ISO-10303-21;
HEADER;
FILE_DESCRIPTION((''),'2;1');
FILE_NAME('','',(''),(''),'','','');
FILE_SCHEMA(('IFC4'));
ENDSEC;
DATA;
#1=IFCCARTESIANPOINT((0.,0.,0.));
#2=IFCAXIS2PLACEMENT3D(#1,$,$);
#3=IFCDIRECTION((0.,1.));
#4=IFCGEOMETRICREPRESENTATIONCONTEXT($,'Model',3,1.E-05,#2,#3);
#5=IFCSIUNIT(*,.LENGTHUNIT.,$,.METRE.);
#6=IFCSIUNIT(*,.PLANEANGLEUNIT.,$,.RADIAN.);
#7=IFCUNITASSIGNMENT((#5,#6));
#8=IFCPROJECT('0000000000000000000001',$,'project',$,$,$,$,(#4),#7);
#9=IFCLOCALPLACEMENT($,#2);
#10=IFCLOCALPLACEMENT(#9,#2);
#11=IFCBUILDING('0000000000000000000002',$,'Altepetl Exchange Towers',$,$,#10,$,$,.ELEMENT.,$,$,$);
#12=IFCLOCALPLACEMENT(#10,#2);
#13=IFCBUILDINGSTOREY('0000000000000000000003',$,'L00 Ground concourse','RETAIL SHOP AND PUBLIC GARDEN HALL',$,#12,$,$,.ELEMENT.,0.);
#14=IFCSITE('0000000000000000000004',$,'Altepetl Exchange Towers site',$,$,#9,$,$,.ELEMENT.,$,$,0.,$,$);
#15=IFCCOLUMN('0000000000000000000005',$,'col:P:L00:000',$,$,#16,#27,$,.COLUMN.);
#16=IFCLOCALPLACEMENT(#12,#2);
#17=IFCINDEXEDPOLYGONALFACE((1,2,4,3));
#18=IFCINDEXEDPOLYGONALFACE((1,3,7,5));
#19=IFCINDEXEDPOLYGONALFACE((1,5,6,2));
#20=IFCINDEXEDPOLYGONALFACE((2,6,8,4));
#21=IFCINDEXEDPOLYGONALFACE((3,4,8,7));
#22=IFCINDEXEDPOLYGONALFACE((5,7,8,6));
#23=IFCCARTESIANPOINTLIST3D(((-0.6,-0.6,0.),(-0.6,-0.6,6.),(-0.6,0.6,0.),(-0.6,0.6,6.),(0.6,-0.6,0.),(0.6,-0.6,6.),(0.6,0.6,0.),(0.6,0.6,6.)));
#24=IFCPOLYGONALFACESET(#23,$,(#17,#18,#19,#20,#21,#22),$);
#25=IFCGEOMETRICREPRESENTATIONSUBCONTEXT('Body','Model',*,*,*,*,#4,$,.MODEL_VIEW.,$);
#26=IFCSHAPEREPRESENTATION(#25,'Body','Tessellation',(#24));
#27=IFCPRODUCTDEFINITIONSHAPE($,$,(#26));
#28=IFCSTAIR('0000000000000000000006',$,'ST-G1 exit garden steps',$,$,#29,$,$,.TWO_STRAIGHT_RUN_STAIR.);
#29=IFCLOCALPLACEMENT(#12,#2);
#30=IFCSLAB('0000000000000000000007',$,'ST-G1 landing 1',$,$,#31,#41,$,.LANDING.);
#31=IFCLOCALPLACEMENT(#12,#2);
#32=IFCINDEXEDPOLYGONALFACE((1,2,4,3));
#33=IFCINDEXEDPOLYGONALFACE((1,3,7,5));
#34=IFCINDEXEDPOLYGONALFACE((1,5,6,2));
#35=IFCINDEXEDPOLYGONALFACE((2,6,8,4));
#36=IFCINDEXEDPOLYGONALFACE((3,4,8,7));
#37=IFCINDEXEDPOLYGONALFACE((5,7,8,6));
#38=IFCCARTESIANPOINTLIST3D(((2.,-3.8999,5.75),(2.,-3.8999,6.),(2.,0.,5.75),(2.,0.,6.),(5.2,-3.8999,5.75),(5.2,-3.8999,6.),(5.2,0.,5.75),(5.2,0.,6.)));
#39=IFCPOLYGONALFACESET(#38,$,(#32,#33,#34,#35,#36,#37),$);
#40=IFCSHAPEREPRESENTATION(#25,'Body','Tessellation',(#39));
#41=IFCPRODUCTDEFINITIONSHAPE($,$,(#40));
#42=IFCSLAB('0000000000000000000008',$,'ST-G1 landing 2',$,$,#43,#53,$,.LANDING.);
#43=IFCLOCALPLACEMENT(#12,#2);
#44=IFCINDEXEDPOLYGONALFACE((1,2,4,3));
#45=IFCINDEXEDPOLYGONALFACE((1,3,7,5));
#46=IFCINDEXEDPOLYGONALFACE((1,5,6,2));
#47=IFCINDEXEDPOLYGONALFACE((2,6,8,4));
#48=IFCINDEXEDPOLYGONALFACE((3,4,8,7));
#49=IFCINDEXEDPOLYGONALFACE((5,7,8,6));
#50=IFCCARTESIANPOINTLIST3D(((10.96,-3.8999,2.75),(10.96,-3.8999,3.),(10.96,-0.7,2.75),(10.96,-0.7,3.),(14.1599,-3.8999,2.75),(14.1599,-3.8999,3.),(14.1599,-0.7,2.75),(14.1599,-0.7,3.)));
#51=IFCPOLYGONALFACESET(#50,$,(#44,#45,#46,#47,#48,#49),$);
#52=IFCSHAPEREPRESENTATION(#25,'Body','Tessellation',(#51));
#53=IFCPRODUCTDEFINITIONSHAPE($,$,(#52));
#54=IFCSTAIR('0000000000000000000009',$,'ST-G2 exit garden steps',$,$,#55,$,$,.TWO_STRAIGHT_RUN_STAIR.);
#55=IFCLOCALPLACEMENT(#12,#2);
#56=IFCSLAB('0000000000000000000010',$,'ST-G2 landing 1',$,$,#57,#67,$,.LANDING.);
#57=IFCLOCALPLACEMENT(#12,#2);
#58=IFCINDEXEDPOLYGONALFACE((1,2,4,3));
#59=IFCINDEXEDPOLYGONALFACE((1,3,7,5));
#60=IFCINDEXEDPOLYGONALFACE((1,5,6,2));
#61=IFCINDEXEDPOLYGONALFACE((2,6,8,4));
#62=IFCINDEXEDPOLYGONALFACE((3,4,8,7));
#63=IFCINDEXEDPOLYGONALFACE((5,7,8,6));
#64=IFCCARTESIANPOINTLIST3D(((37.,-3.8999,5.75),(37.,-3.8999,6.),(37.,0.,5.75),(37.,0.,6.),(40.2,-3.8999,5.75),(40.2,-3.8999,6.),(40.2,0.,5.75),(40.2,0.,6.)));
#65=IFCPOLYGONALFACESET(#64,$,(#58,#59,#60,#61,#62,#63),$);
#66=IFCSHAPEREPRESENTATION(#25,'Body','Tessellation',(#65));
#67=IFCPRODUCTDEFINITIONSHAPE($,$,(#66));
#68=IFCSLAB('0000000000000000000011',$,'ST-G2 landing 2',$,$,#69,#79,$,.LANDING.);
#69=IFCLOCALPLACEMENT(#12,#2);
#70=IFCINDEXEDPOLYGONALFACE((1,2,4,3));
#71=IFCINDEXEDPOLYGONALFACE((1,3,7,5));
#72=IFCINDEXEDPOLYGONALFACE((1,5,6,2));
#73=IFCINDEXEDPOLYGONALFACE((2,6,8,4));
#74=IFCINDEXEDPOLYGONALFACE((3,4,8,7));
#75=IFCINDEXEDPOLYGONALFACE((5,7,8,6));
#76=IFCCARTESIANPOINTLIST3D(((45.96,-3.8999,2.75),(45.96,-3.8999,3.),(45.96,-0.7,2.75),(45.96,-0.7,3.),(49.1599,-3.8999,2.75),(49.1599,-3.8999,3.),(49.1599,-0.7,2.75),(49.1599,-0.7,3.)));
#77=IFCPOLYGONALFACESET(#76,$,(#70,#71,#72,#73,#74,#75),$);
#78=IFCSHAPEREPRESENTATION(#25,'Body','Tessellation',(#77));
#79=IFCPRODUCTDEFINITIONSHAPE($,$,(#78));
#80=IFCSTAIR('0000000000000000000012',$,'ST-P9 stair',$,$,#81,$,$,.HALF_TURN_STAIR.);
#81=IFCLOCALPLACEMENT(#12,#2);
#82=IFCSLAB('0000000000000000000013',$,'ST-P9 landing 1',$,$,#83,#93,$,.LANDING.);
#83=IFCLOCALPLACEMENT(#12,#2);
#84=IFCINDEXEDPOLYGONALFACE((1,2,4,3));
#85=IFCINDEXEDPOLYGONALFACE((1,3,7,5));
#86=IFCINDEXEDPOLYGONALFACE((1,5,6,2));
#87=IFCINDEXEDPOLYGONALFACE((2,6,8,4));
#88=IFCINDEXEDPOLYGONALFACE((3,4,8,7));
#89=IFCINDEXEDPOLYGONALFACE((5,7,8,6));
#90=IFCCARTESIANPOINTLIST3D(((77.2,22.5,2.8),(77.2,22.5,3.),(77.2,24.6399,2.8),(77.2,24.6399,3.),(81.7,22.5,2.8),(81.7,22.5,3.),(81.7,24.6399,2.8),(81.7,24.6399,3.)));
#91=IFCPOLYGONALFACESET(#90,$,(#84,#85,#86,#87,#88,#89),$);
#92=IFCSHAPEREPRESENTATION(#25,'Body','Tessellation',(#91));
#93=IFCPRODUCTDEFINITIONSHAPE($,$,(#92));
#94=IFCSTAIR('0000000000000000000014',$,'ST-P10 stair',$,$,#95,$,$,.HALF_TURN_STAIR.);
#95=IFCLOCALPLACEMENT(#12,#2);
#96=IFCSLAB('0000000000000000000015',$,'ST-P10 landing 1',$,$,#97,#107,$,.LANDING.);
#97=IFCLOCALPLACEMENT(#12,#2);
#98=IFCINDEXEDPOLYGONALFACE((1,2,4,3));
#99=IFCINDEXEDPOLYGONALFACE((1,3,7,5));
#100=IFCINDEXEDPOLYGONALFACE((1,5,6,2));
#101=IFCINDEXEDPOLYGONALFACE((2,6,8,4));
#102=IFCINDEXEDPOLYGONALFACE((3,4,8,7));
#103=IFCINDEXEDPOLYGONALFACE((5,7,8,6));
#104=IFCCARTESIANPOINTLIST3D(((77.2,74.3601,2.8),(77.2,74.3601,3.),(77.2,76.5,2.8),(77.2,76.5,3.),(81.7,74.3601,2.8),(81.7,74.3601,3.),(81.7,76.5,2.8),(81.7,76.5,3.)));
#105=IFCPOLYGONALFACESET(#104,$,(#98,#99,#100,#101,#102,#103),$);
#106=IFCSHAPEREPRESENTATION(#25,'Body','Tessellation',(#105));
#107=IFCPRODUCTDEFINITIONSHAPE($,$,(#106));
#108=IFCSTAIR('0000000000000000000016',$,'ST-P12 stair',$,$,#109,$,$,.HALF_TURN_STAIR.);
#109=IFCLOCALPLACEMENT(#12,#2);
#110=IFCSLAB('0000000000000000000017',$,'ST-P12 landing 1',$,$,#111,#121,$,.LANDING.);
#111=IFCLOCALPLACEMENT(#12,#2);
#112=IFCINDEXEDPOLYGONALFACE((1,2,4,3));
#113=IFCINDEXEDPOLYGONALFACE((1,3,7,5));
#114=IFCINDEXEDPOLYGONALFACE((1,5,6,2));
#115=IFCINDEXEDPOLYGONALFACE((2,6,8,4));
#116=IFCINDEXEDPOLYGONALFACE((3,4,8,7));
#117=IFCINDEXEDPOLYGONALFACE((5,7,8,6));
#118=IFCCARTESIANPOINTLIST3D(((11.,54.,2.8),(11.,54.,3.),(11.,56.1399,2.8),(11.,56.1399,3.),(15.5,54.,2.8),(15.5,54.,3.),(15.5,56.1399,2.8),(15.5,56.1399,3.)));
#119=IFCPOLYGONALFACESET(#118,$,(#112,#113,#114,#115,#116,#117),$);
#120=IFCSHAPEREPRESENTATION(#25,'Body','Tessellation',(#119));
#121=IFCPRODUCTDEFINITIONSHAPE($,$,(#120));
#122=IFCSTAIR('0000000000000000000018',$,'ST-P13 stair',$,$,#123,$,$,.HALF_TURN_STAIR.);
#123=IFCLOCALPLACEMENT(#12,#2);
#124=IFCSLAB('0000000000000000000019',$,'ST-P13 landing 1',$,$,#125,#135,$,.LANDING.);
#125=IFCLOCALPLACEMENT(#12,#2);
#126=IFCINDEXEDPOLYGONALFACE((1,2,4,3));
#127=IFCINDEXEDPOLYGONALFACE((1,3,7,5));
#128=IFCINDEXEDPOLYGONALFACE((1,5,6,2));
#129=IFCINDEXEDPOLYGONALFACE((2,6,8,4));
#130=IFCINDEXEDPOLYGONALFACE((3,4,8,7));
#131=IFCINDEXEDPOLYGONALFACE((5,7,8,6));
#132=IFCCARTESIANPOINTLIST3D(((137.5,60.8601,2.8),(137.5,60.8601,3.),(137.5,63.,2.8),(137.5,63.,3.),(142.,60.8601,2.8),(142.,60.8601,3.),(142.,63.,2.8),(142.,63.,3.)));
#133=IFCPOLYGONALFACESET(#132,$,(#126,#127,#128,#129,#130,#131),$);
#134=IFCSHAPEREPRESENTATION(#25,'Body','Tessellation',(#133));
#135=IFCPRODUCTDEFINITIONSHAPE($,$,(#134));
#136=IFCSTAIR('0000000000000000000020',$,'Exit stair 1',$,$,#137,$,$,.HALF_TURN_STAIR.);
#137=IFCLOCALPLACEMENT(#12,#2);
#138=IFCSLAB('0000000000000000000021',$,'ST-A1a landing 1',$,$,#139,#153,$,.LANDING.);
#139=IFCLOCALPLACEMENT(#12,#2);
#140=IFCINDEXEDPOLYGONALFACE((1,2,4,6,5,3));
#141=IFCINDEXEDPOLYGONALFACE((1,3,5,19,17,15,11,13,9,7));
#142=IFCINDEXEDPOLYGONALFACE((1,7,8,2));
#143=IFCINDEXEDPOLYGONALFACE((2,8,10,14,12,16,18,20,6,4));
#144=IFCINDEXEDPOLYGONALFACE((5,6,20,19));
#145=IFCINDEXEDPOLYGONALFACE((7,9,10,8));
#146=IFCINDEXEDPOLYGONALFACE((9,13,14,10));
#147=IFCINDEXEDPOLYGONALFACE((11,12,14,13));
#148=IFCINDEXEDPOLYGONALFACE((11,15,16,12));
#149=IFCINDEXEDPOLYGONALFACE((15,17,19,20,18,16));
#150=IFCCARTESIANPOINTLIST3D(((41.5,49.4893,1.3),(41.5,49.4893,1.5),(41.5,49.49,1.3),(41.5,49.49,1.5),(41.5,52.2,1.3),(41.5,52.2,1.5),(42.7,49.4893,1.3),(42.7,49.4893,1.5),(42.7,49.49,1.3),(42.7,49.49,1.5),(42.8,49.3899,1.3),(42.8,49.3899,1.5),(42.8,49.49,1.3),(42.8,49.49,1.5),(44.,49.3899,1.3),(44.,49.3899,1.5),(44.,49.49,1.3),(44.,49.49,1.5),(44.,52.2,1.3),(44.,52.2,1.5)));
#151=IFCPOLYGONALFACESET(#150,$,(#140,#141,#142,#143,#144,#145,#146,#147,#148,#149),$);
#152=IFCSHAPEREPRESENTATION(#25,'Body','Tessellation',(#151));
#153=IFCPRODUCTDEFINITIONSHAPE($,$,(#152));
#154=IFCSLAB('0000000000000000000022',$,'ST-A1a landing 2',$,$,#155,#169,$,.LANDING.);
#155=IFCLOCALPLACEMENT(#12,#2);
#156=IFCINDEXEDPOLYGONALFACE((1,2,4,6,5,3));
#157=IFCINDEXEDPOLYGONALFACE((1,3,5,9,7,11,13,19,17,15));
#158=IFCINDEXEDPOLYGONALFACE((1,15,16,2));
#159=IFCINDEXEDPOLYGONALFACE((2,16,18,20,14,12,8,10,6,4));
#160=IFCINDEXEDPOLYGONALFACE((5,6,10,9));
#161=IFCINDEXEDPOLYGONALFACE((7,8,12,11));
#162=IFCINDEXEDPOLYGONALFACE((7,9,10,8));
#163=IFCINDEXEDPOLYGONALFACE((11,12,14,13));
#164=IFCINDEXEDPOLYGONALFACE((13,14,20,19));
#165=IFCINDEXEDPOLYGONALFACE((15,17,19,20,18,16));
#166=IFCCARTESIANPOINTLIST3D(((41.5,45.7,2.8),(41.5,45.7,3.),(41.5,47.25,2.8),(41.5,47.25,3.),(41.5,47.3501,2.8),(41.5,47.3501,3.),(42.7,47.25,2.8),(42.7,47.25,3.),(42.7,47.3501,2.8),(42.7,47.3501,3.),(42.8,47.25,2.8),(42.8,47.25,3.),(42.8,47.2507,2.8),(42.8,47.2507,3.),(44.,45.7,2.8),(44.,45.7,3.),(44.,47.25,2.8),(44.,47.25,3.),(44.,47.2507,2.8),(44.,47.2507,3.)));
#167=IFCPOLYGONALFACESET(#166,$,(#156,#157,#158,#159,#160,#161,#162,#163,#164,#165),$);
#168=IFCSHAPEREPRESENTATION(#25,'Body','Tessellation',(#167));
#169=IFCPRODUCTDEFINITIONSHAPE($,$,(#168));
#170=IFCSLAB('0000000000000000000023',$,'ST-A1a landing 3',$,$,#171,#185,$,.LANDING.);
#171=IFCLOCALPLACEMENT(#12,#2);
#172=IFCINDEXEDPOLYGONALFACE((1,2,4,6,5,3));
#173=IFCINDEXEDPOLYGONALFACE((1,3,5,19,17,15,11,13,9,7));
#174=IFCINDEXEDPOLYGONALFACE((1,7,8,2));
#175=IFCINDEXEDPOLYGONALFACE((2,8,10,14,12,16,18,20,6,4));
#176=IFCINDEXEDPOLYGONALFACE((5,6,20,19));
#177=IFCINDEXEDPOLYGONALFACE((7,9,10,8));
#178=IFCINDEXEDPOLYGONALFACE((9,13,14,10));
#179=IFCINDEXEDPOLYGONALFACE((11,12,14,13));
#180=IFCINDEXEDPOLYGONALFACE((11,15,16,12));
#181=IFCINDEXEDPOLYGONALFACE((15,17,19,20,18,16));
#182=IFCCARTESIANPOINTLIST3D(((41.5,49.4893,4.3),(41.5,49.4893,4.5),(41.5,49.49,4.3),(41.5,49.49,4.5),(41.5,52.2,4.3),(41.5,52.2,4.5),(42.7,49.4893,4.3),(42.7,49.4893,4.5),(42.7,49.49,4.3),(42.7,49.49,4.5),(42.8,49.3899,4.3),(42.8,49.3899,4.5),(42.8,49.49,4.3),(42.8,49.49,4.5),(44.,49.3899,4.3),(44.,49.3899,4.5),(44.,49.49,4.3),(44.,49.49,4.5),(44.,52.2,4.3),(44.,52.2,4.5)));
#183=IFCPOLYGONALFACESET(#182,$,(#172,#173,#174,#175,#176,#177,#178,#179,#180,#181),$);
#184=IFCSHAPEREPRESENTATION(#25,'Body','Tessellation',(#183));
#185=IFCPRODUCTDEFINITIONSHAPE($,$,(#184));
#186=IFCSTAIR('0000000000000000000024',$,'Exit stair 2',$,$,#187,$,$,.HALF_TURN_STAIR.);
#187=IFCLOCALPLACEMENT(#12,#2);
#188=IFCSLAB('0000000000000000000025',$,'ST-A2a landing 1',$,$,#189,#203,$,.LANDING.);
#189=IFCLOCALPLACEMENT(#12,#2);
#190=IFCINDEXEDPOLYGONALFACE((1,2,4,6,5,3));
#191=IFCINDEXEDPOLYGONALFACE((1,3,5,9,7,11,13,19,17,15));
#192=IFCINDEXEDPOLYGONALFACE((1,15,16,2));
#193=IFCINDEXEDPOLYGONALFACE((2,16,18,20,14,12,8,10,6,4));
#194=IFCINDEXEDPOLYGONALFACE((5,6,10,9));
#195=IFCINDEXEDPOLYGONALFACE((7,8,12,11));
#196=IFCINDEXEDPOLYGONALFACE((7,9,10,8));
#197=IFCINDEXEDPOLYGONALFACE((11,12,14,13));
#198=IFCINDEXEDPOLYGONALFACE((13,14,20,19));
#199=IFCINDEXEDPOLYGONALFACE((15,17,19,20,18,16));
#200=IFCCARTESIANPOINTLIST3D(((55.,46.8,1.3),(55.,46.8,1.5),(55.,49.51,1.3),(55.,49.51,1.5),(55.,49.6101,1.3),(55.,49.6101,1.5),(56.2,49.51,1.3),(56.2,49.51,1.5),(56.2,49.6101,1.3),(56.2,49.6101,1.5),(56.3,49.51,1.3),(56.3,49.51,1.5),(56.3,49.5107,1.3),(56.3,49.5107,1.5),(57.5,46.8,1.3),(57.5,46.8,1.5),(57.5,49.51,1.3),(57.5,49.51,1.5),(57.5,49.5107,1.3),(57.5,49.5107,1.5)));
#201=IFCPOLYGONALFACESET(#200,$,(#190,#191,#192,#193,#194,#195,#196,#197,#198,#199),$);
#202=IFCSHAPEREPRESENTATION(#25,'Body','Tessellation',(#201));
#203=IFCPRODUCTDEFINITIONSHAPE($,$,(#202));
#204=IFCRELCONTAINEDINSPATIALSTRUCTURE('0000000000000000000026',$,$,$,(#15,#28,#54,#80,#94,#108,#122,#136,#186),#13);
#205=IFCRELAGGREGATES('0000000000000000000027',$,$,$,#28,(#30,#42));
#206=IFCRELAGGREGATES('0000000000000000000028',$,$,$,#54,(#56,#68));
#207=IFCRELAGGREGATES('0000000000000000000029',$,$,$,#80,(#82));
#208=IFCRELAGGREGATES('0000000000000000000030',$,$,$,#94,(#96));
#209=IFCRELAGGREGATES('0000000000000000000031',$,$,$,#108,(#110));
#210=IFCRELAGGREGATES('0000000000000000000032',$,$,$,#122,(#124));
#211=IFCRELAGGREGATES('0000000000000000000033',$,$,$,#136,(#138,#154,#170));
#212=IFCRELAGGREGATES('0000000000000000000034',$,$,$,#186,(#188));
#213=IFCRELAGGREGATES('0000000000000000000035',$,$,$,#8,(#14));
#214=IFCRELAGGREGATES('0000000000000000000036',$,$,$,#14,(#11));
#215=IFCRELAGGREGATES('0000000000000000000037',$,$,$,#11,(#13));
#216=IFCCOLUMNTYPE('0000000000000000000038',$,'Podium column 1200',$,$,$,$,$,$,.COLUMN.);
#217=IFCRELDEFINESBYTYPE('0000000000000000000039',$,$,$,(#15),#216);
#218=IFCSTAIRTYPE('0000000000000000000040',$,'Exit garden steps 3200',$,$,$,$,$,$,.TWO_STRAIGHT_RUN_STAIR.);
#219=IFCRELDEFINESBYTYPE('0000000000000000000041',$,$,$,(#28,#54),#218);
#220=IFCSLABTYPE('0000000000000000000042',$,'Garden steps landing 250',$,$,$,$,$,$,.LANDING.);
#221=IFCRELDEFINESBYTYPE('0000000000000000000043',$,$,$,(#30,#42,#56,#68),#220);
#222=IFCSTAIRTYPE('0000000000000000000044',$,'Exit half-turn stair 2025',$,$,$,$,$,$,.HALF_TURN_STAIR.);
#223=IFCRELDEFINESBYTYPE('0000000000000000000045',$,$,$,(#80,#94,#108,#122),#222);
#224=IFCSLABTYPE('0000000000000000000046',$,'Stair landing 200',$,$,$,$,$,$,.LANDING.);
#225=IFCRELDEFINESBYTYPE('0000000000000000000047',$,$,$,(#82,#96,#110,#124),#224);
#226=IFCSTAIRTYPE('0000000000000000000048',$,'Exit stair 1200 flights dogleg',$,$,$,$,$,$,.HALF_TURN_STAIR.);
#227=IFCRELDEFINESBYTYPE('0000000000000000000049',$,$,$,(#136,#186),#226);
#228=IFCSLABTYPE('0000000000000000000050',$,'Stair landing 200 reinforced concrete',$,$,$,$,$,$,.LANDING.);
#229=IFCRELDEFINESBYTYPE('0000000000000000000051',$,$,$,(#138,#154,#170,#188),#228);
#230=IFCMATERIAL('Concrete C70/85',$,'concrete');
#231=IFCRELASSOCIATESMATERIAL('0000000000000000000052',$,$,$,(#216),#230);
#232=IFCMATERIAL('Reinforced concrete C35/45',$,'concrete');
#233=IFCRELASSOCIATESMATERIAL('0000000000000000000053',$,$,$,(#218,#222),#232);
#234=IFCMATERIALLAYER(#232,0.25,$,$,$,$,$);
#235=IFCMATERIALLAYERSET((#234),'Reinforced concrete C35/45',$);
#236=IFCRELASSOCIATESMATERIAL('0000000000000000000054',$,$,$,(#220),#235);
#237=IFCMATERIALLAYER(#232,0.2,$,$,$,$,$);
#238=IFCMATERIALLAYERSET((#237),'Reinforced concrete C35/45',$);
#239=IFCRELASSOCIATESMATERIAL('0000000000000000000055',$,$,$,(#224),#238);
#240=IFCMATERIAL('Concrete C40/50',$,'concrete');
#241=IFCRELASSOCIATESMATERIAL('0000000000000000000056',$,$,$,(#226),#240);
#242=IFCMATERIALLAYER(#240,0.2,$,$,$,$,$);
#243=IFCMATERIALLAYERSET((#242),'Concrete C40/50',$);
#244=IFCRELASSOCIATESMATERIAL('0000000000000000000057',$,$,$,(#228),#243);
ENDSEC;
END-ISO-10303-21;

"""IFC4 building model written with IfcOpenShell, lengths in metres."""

from ifc_helpers import new_model, si_unit, direction, frame, origin, origin_2d, place, context, subcontext, project, spatial, polyline, rectangle, outline, extrude, material, layer, layer_set, material_profile, profile_set, type_object, element, aggregate, save


model = new_model("IFC4")

# Units and contexts
model_context = context("Model", 3, precision=1e-05, world=origin(), true_north=direction((0.0, 1.0)))
body_context = subcontext(model_context, "Body", "Model", "MODEL_VIEW")
ifc_project = project(units=[si_unit("LENGTHUNIT", "METRE"), si_unit("PLANEANGLEUNIT", "RADIAN")], contexts=[model_context])

# Site, building, storey
site_placement = place(None, origin())
site = spatial("IfcSite", under=ifc_project, at=site_placement, Name="Altepetl Exchange Towers site", CompositionType="ELEMENT", RefElevation=0.0)
building_placement = place(site_placement, origin())
building = spatial("IfcBuilding", under=site, at=building_placement, Name="Altepetl Exchange Towers", CompositionType="ELEMENT")
storey_placement = place(building_placement, origin())
storey = spatial("IfcBuildingStorey", under=building, at=storey_placement, Name="L00 Ground concourse", Description="RETAIL SHOP AND PUBLIC GARDEN HALL", CompositionType="ELEMENT", Elevation=0.0)

# Column
ifc_material_1 = material(Name="Concrete C70/85", Category="concrete")
ifc_material_profile = material_profile(ifc_material_1, rectangle(XDim=1.2, YDim=1.2, at=origin_2d()), Name="1200 x 1200")
ifc_profile_set = profile_set([ifc_material_profile], Name="Concrete C70/85")
column_type = type_object("IfcColumnType", Name="Podium column 1200", PredefinedType="COLUMN", material=ifc_profile_set)
column_placement = place(storey_placement, origin())
element("IfcColumn", 1, at=column_placement, inside=storey, type_object=column_type, Name="col:P:L00:000", PredefinedType="COLUMN", context=body_context, shape_type="SweptSolid", body=[
    extrude(rectangle(XDim=1.2, YDim=1.2, at=origin_2d()), origin(), (0.0, 0.0, 1.0), 6.0),
])

# Stairs, slabs
ifc_material_2 = material(Name="Reinforced concrete C35/45", Category="concrete")
stair_type_1 = type_object("IfcStairType", Name="Exit garden steps 3200", PredefinedType="TWO_STRAIGHT_RUN_STAIR", material=ifc_material_2)
stair_1_placement = place(storey_placement, origin())
stair_1 = element("IfcStair", 2, at=stair_1_placement, inside=storey, type_object=stair_type_1, Name="ST-G1 exit garden steps", PredefinedType="TWO_STRAIGHT_RUN_STAIR")
ifc_layer_1 = layer(ifc_material_2, 0.25)
ifc_layer_set_1 = layer_set([ifc_layer_1], Name="Reinforced concrete C35/45")
slab_type_1 = type_object("IfcSlabType", Name="Garden steps landing 250", PredefinedType="LANDING", material=ifc_layer_set_1)
slab_1_placement = place(storey_placement, frame((0.0, 0.0, 5.75)))
slab_1 = element("IfcSlab", 3, at=slab_1_placement, type_object=slab_type_1, Name="ST-G1 landing 1", PredefinedType="LANDING", context=body_context, shape_type="SweptSolid", body=[
    extrude(outline(polyline([(2.0, 0.0), (5.2, 0.0), (5.2, -3.8999), (2.0, -3.8999), (2.0, 0.0)])), origin(), (0.0, 0.0, 1.0), 0.25),
])
slab_2_placement = place(storey_placement, frame((0.0, 0.0, 2.75)))
slab_2 = element("IfcSlab", 4, at=slab_2_placement, type_object=slab_type_1, Name="ST-G1 landing 2", PredefinedType="LANDING", context=body_context, shape_type="SweptSolid", body=[
    extrude(outline(polyline([(10.96, -0.7), (14.1599, -0.7), (14.1599, -3.8999), (10.96, -3.8999), (10.96, -0.7)])), origin(), (0.0, 0.0, 1.0), 0.25),
])
aggregate(stair_1, [slab_1, slab_2])
stair_2_placement = place(storey_placement, origin())
stair_2 = element("IfcStair", 5, at=stair_2_placement, inside=storey, type_object=stair_type_1, Name="ST-G2 exit garden steps", PredefinedType="TWO_STRAIGHT_RUN_STAIR")
slab_3_placement = place(storey_placement, frame((0.0, 0.0, 5.75)))
slab_3 = element("IfcSlab", 6, at=slab_3_placement, type_object=slab_type_1, Name="ST-G2 landing 1", PredefinedType="LANDING", context=body_context, shape_type="SweptSolid", body=[
    extrude(outline(polyline([(37.0, 0.0), (40.2, 0.0), (40.2, -3.8999), (37.0, -3.8999), (37.0, 0.0)])), origin(), (0.0, 0.0, 1.0), 0.25),
])
slab_4_placement = place(storey_placement, frame((0.0, 0.0, 2.75)))
slab_4 = element("IfcSlab", 7, at=slab_4_placement, type_object=slab_type_1, Name="ST-G2 landing 2", PredefinedType="LANDING", context=body_context, shape_type="SweptSolid", body=[
    extrude(outline(polyline([(45.96, -0.7), (49.1599, -0.7), (49.1599, -3.8999), (45.96, -3.8999), (45.96, -0.7)])), origin(), (0.0, 0.0, 1.0), 0.25),
])
aggregate(stair_2, [slab_3, slab_4])

# Stairs, slabs
stair_type_2 = type_object("IfcStairType", Name="Exit half-turn stair 2025", PredefinedType="HALF_TURN_STAIR", material=ifc_material_2)
stair_3_placement = place(storey_placement, origin())
stair_3 = element("IfcStair", 8, at=stair_3_placement, inside=storey, type_object=stair_type_2, Name="ST-P9 stair", PredefinedType="HALF_TURN_STAIR")
ifc_layer_2 = layer(ifc_material_2, 0.2)
ifc_layer_set_2 = layer_set([ifc_layer_2], Name="Reinforced concrete C35/45")
slab_type_2 = type_object("IfcSlabType", Name="Stair landing 200", PredefinedType="LANDING", material=ifc_layer_set_2)
slab_5_placement = place(storey_placement, frame((0.0, 0.0, 2.8)))
slab_5 = element("IfcSlab", 9, at=slab_5_placement, type_object=slab_type_2, Name="ST-P9 landing 1", PredefinedType="LANDING", context=body_context, shape_type="SweptSolid", body=[
    extrude(outline(polyline([(81.7, 24.6399), (77.2, 24.6399), (77.2, 22.5), (81.7, 22.5), (81.7, 24.6399)])), origin(), (0.0, 0.0, 1.0), 0.2),
])
aggregate(stair_3, [slab_5])
stair_4_placement = place(storey_placement, origin())
stair_4 = element("IfcStair", 10, at=stair_4_placement, inside=storey, type_object=stair_type_2, Name="ST-P10 stair", PredefinedType="HALF_TURN_STAIR")
slab_6_placement = place(storey_placement, frame((0.0, 0.0, 2.8)))
slab_6 = element("IfcSlab", 11, at=slab_6_placement, type_object=slab_type_2, Name="ST-P10 landing 1", PredefinedType="LANDING", context=body_context, shape_type="SweptSolid", body=[
    extrude(outline(polyline([(77.2, 74.3601), (81.7, 74.3601), (81.7, 76.5), (77.2, 76.5), (77.2, 74.3601)])), origin(), (0.0, 0.0, 1.0), 0.2),
])
aggregate(stair_4, [slab_6])
stair_5_placement = place(storey_placement, origin())
stair_5 = element("IfcStair", 12, at=stair_5_placement, inside=storey, type_object=stair_type_2, Name="ST-P12 stair", PredefinedType="HALF_TURN_STAIR")
slab_7_placement = place(storey_placement, frame((0.0, 0.0, 2.8)))
slab_7 = element("IfcSlab", 13, at=slab_7_placement, type_object=slab_type_2, Name="ST-P12 landing 1", PredefinedType="LANDING", context=body_context, shape_type="SweptSolid", body=[
    extrude(outline(polyline([(15.5, 56.1399), (11.0, 56.1399), (11.0, 54.0), (15.5, 54.0), (15.5, 56.1399)])), origin(), (0.0, 0.0, 1.0), 0.2),
])
aggregate(stair_5, [slab_7])
stair_6_placement = place(storey_placement, origin())
stair_6 = element("IfcStair", 14, at=stair_6_placement, inside=storey, type_object=stair_type_2, Name="ST-P13 stair", PredefinedType="HALF_TURN_STAIR")
slab_8_placement = place(storey_placement, frame((0.0, 0.0, 2.8)))
slab_8 = element("IfcSlab", 15, at=slab_8_placement, type_object=slab_type_2, Name="ST-P13 landing 1", PredefinedType="LANDING", context=body_context, shape_type="SweptSolid", body=[
    extrude(outline(polyline([(137.5, 60.8601), (142.0, 60.8601), (142.0, 63.0), (137.5, 63.0), (137.5, 60.8601)])), origin(), (0.0, 0.0, 1.0), 0.2),
])
aggregate(stair_6, [slab_8])

# Stairs, slabs
ifc_material_3 = material(Name="Concrete C40/50", Category="concrete")
stair_type_3 = type_object("IfcStairType", Name="Exit stair 1200 flights dogleg", PredefinedType="HALF_TURN_STAIR", material=ifc_material_3)
stair_7_placement = place(storey_placement, origin())
stair_7 = element("IfcStair", 16, at=stair_7_placement, inside=storey, type_object=stair_type_3, Name="Exit stair 1", PredefinedType="HALF_TURN_STAIR")
ifc_layer_3 = layer(ifc_material_3, 0.2)
ifc_layer_set_3 = layer_set([ifc_layer_3], Name="Concrete C40/50")
slab_type_3 = type_object("IfcSlabType", Name="Stair landing 200 reinforced concrete", PredefinedType="LANDING", material=ifc_layer_set_3)
slab_9_placement = place(storey_placement, frame((0.0, 0.0, 1.3)))
slab_9 = element("IfcSlab", 17, at=slab_9_placement, type_object=slab_type_3, Name="ST-A1a landing 1", PredefinedType="LANDING", context=body_context, shape_type="SweptSolid", body=[
    extrude(outline(polyline([(44.0, 49.3899), (42.8, 49.3899), (42.8, 49.49), (42.7, 49.49), (42.7, 49.4893), (41.5, 49.4893), (41.5, 49.49), (41.5, 52.2), (44.0, 52.2), (44.0, 49.49), (44.0, 49.3899)])), origin(), (0.0, 0.0, 1.0), 0.2),
])
slab_10_placement = place(storey_placement, frame((0.0, 0.0, 2.8)))
slab_10 = element("IfcSlab", 18, at=slab_10_placement, type_object=slab_type_3, Name="ST-A1a landing 2", PredefinedType="LANDING", context=body_context, shape_type="SweptSolid", body=[
    extrude(outline(polyline([(44.0, 45.7), (41.5, 45.7), (41.5, 47.25), (41.5, 47.3501), (42.7, 47.3501), (42.7, 47.25), (42.8, 47.25), (42.8, 47.2507), (44.0, 47.2507), (44.0, 47.25), (44.0, 45.7)])), origin(), (0.0, 0.0, 1.0), 0.2),
])
slab_11_placement = place(storey_placement, frame((0.0, 0.0, 4.3)))
slab_11 = element("IfcSlab", 19, at=slab_11_placement, type_object=slab_type_3, Name="ST-A1a landing 3", PredefinedType="LANDING", context=body_context, shape_type="SweptSolid", body=[
    extrude(outline(polyline([(44.0, 49.3899), (42.8, 49.3899), (42.8, 49.49), (42.7, 49.49), (42.7, 49.4893), (41.5, 49.4893), (41.5, 49.49), (41.5, 52.2), (44.0, 52.2), (44.0, 49.49), (44.0, 49.3899)])), origin(), (0.0, 0.0, 1.0), 0.2),
])
aggregate(stair_7, [slab_9, slab_10, slab_11])
stair_8_placement = place(storey_placement, origin())
stair_8 = element("IfcStair", 20, at=stair_8_placement, inside=storey, type_object=stair_type_3, Name="Exit stair 2", PredefinedType="HALF_TURN_STAIR")
slab_12_placement = place(storey_placement, frame((0.0, 0.0, 1.3)))
slab_12 = element("IfcSlab", 21, at=slab_12_placement, type_object=slab_type_3, Name="ST-A2a landing 1", PredefinedType="LANDING", context=body_context, shape_type="SweptSolid", body=[
    extrude(outline(polyline([(57.5, 46.8), (55.0, 46.8), (55.0, 49.51), (55.0, 49.6101), (56.2, 49.6101), (56.2, 49.51), (56.3, 49.51), (56.3, 49.5107), (57.5, 49.5107), (57.5, 49.51), (57.5, 46.8)])), origin(), (0.0, 0.0, 1.0), 0.2),
])
aggregate(stair_8, [slab_12])

save(model, "model.ifc")
